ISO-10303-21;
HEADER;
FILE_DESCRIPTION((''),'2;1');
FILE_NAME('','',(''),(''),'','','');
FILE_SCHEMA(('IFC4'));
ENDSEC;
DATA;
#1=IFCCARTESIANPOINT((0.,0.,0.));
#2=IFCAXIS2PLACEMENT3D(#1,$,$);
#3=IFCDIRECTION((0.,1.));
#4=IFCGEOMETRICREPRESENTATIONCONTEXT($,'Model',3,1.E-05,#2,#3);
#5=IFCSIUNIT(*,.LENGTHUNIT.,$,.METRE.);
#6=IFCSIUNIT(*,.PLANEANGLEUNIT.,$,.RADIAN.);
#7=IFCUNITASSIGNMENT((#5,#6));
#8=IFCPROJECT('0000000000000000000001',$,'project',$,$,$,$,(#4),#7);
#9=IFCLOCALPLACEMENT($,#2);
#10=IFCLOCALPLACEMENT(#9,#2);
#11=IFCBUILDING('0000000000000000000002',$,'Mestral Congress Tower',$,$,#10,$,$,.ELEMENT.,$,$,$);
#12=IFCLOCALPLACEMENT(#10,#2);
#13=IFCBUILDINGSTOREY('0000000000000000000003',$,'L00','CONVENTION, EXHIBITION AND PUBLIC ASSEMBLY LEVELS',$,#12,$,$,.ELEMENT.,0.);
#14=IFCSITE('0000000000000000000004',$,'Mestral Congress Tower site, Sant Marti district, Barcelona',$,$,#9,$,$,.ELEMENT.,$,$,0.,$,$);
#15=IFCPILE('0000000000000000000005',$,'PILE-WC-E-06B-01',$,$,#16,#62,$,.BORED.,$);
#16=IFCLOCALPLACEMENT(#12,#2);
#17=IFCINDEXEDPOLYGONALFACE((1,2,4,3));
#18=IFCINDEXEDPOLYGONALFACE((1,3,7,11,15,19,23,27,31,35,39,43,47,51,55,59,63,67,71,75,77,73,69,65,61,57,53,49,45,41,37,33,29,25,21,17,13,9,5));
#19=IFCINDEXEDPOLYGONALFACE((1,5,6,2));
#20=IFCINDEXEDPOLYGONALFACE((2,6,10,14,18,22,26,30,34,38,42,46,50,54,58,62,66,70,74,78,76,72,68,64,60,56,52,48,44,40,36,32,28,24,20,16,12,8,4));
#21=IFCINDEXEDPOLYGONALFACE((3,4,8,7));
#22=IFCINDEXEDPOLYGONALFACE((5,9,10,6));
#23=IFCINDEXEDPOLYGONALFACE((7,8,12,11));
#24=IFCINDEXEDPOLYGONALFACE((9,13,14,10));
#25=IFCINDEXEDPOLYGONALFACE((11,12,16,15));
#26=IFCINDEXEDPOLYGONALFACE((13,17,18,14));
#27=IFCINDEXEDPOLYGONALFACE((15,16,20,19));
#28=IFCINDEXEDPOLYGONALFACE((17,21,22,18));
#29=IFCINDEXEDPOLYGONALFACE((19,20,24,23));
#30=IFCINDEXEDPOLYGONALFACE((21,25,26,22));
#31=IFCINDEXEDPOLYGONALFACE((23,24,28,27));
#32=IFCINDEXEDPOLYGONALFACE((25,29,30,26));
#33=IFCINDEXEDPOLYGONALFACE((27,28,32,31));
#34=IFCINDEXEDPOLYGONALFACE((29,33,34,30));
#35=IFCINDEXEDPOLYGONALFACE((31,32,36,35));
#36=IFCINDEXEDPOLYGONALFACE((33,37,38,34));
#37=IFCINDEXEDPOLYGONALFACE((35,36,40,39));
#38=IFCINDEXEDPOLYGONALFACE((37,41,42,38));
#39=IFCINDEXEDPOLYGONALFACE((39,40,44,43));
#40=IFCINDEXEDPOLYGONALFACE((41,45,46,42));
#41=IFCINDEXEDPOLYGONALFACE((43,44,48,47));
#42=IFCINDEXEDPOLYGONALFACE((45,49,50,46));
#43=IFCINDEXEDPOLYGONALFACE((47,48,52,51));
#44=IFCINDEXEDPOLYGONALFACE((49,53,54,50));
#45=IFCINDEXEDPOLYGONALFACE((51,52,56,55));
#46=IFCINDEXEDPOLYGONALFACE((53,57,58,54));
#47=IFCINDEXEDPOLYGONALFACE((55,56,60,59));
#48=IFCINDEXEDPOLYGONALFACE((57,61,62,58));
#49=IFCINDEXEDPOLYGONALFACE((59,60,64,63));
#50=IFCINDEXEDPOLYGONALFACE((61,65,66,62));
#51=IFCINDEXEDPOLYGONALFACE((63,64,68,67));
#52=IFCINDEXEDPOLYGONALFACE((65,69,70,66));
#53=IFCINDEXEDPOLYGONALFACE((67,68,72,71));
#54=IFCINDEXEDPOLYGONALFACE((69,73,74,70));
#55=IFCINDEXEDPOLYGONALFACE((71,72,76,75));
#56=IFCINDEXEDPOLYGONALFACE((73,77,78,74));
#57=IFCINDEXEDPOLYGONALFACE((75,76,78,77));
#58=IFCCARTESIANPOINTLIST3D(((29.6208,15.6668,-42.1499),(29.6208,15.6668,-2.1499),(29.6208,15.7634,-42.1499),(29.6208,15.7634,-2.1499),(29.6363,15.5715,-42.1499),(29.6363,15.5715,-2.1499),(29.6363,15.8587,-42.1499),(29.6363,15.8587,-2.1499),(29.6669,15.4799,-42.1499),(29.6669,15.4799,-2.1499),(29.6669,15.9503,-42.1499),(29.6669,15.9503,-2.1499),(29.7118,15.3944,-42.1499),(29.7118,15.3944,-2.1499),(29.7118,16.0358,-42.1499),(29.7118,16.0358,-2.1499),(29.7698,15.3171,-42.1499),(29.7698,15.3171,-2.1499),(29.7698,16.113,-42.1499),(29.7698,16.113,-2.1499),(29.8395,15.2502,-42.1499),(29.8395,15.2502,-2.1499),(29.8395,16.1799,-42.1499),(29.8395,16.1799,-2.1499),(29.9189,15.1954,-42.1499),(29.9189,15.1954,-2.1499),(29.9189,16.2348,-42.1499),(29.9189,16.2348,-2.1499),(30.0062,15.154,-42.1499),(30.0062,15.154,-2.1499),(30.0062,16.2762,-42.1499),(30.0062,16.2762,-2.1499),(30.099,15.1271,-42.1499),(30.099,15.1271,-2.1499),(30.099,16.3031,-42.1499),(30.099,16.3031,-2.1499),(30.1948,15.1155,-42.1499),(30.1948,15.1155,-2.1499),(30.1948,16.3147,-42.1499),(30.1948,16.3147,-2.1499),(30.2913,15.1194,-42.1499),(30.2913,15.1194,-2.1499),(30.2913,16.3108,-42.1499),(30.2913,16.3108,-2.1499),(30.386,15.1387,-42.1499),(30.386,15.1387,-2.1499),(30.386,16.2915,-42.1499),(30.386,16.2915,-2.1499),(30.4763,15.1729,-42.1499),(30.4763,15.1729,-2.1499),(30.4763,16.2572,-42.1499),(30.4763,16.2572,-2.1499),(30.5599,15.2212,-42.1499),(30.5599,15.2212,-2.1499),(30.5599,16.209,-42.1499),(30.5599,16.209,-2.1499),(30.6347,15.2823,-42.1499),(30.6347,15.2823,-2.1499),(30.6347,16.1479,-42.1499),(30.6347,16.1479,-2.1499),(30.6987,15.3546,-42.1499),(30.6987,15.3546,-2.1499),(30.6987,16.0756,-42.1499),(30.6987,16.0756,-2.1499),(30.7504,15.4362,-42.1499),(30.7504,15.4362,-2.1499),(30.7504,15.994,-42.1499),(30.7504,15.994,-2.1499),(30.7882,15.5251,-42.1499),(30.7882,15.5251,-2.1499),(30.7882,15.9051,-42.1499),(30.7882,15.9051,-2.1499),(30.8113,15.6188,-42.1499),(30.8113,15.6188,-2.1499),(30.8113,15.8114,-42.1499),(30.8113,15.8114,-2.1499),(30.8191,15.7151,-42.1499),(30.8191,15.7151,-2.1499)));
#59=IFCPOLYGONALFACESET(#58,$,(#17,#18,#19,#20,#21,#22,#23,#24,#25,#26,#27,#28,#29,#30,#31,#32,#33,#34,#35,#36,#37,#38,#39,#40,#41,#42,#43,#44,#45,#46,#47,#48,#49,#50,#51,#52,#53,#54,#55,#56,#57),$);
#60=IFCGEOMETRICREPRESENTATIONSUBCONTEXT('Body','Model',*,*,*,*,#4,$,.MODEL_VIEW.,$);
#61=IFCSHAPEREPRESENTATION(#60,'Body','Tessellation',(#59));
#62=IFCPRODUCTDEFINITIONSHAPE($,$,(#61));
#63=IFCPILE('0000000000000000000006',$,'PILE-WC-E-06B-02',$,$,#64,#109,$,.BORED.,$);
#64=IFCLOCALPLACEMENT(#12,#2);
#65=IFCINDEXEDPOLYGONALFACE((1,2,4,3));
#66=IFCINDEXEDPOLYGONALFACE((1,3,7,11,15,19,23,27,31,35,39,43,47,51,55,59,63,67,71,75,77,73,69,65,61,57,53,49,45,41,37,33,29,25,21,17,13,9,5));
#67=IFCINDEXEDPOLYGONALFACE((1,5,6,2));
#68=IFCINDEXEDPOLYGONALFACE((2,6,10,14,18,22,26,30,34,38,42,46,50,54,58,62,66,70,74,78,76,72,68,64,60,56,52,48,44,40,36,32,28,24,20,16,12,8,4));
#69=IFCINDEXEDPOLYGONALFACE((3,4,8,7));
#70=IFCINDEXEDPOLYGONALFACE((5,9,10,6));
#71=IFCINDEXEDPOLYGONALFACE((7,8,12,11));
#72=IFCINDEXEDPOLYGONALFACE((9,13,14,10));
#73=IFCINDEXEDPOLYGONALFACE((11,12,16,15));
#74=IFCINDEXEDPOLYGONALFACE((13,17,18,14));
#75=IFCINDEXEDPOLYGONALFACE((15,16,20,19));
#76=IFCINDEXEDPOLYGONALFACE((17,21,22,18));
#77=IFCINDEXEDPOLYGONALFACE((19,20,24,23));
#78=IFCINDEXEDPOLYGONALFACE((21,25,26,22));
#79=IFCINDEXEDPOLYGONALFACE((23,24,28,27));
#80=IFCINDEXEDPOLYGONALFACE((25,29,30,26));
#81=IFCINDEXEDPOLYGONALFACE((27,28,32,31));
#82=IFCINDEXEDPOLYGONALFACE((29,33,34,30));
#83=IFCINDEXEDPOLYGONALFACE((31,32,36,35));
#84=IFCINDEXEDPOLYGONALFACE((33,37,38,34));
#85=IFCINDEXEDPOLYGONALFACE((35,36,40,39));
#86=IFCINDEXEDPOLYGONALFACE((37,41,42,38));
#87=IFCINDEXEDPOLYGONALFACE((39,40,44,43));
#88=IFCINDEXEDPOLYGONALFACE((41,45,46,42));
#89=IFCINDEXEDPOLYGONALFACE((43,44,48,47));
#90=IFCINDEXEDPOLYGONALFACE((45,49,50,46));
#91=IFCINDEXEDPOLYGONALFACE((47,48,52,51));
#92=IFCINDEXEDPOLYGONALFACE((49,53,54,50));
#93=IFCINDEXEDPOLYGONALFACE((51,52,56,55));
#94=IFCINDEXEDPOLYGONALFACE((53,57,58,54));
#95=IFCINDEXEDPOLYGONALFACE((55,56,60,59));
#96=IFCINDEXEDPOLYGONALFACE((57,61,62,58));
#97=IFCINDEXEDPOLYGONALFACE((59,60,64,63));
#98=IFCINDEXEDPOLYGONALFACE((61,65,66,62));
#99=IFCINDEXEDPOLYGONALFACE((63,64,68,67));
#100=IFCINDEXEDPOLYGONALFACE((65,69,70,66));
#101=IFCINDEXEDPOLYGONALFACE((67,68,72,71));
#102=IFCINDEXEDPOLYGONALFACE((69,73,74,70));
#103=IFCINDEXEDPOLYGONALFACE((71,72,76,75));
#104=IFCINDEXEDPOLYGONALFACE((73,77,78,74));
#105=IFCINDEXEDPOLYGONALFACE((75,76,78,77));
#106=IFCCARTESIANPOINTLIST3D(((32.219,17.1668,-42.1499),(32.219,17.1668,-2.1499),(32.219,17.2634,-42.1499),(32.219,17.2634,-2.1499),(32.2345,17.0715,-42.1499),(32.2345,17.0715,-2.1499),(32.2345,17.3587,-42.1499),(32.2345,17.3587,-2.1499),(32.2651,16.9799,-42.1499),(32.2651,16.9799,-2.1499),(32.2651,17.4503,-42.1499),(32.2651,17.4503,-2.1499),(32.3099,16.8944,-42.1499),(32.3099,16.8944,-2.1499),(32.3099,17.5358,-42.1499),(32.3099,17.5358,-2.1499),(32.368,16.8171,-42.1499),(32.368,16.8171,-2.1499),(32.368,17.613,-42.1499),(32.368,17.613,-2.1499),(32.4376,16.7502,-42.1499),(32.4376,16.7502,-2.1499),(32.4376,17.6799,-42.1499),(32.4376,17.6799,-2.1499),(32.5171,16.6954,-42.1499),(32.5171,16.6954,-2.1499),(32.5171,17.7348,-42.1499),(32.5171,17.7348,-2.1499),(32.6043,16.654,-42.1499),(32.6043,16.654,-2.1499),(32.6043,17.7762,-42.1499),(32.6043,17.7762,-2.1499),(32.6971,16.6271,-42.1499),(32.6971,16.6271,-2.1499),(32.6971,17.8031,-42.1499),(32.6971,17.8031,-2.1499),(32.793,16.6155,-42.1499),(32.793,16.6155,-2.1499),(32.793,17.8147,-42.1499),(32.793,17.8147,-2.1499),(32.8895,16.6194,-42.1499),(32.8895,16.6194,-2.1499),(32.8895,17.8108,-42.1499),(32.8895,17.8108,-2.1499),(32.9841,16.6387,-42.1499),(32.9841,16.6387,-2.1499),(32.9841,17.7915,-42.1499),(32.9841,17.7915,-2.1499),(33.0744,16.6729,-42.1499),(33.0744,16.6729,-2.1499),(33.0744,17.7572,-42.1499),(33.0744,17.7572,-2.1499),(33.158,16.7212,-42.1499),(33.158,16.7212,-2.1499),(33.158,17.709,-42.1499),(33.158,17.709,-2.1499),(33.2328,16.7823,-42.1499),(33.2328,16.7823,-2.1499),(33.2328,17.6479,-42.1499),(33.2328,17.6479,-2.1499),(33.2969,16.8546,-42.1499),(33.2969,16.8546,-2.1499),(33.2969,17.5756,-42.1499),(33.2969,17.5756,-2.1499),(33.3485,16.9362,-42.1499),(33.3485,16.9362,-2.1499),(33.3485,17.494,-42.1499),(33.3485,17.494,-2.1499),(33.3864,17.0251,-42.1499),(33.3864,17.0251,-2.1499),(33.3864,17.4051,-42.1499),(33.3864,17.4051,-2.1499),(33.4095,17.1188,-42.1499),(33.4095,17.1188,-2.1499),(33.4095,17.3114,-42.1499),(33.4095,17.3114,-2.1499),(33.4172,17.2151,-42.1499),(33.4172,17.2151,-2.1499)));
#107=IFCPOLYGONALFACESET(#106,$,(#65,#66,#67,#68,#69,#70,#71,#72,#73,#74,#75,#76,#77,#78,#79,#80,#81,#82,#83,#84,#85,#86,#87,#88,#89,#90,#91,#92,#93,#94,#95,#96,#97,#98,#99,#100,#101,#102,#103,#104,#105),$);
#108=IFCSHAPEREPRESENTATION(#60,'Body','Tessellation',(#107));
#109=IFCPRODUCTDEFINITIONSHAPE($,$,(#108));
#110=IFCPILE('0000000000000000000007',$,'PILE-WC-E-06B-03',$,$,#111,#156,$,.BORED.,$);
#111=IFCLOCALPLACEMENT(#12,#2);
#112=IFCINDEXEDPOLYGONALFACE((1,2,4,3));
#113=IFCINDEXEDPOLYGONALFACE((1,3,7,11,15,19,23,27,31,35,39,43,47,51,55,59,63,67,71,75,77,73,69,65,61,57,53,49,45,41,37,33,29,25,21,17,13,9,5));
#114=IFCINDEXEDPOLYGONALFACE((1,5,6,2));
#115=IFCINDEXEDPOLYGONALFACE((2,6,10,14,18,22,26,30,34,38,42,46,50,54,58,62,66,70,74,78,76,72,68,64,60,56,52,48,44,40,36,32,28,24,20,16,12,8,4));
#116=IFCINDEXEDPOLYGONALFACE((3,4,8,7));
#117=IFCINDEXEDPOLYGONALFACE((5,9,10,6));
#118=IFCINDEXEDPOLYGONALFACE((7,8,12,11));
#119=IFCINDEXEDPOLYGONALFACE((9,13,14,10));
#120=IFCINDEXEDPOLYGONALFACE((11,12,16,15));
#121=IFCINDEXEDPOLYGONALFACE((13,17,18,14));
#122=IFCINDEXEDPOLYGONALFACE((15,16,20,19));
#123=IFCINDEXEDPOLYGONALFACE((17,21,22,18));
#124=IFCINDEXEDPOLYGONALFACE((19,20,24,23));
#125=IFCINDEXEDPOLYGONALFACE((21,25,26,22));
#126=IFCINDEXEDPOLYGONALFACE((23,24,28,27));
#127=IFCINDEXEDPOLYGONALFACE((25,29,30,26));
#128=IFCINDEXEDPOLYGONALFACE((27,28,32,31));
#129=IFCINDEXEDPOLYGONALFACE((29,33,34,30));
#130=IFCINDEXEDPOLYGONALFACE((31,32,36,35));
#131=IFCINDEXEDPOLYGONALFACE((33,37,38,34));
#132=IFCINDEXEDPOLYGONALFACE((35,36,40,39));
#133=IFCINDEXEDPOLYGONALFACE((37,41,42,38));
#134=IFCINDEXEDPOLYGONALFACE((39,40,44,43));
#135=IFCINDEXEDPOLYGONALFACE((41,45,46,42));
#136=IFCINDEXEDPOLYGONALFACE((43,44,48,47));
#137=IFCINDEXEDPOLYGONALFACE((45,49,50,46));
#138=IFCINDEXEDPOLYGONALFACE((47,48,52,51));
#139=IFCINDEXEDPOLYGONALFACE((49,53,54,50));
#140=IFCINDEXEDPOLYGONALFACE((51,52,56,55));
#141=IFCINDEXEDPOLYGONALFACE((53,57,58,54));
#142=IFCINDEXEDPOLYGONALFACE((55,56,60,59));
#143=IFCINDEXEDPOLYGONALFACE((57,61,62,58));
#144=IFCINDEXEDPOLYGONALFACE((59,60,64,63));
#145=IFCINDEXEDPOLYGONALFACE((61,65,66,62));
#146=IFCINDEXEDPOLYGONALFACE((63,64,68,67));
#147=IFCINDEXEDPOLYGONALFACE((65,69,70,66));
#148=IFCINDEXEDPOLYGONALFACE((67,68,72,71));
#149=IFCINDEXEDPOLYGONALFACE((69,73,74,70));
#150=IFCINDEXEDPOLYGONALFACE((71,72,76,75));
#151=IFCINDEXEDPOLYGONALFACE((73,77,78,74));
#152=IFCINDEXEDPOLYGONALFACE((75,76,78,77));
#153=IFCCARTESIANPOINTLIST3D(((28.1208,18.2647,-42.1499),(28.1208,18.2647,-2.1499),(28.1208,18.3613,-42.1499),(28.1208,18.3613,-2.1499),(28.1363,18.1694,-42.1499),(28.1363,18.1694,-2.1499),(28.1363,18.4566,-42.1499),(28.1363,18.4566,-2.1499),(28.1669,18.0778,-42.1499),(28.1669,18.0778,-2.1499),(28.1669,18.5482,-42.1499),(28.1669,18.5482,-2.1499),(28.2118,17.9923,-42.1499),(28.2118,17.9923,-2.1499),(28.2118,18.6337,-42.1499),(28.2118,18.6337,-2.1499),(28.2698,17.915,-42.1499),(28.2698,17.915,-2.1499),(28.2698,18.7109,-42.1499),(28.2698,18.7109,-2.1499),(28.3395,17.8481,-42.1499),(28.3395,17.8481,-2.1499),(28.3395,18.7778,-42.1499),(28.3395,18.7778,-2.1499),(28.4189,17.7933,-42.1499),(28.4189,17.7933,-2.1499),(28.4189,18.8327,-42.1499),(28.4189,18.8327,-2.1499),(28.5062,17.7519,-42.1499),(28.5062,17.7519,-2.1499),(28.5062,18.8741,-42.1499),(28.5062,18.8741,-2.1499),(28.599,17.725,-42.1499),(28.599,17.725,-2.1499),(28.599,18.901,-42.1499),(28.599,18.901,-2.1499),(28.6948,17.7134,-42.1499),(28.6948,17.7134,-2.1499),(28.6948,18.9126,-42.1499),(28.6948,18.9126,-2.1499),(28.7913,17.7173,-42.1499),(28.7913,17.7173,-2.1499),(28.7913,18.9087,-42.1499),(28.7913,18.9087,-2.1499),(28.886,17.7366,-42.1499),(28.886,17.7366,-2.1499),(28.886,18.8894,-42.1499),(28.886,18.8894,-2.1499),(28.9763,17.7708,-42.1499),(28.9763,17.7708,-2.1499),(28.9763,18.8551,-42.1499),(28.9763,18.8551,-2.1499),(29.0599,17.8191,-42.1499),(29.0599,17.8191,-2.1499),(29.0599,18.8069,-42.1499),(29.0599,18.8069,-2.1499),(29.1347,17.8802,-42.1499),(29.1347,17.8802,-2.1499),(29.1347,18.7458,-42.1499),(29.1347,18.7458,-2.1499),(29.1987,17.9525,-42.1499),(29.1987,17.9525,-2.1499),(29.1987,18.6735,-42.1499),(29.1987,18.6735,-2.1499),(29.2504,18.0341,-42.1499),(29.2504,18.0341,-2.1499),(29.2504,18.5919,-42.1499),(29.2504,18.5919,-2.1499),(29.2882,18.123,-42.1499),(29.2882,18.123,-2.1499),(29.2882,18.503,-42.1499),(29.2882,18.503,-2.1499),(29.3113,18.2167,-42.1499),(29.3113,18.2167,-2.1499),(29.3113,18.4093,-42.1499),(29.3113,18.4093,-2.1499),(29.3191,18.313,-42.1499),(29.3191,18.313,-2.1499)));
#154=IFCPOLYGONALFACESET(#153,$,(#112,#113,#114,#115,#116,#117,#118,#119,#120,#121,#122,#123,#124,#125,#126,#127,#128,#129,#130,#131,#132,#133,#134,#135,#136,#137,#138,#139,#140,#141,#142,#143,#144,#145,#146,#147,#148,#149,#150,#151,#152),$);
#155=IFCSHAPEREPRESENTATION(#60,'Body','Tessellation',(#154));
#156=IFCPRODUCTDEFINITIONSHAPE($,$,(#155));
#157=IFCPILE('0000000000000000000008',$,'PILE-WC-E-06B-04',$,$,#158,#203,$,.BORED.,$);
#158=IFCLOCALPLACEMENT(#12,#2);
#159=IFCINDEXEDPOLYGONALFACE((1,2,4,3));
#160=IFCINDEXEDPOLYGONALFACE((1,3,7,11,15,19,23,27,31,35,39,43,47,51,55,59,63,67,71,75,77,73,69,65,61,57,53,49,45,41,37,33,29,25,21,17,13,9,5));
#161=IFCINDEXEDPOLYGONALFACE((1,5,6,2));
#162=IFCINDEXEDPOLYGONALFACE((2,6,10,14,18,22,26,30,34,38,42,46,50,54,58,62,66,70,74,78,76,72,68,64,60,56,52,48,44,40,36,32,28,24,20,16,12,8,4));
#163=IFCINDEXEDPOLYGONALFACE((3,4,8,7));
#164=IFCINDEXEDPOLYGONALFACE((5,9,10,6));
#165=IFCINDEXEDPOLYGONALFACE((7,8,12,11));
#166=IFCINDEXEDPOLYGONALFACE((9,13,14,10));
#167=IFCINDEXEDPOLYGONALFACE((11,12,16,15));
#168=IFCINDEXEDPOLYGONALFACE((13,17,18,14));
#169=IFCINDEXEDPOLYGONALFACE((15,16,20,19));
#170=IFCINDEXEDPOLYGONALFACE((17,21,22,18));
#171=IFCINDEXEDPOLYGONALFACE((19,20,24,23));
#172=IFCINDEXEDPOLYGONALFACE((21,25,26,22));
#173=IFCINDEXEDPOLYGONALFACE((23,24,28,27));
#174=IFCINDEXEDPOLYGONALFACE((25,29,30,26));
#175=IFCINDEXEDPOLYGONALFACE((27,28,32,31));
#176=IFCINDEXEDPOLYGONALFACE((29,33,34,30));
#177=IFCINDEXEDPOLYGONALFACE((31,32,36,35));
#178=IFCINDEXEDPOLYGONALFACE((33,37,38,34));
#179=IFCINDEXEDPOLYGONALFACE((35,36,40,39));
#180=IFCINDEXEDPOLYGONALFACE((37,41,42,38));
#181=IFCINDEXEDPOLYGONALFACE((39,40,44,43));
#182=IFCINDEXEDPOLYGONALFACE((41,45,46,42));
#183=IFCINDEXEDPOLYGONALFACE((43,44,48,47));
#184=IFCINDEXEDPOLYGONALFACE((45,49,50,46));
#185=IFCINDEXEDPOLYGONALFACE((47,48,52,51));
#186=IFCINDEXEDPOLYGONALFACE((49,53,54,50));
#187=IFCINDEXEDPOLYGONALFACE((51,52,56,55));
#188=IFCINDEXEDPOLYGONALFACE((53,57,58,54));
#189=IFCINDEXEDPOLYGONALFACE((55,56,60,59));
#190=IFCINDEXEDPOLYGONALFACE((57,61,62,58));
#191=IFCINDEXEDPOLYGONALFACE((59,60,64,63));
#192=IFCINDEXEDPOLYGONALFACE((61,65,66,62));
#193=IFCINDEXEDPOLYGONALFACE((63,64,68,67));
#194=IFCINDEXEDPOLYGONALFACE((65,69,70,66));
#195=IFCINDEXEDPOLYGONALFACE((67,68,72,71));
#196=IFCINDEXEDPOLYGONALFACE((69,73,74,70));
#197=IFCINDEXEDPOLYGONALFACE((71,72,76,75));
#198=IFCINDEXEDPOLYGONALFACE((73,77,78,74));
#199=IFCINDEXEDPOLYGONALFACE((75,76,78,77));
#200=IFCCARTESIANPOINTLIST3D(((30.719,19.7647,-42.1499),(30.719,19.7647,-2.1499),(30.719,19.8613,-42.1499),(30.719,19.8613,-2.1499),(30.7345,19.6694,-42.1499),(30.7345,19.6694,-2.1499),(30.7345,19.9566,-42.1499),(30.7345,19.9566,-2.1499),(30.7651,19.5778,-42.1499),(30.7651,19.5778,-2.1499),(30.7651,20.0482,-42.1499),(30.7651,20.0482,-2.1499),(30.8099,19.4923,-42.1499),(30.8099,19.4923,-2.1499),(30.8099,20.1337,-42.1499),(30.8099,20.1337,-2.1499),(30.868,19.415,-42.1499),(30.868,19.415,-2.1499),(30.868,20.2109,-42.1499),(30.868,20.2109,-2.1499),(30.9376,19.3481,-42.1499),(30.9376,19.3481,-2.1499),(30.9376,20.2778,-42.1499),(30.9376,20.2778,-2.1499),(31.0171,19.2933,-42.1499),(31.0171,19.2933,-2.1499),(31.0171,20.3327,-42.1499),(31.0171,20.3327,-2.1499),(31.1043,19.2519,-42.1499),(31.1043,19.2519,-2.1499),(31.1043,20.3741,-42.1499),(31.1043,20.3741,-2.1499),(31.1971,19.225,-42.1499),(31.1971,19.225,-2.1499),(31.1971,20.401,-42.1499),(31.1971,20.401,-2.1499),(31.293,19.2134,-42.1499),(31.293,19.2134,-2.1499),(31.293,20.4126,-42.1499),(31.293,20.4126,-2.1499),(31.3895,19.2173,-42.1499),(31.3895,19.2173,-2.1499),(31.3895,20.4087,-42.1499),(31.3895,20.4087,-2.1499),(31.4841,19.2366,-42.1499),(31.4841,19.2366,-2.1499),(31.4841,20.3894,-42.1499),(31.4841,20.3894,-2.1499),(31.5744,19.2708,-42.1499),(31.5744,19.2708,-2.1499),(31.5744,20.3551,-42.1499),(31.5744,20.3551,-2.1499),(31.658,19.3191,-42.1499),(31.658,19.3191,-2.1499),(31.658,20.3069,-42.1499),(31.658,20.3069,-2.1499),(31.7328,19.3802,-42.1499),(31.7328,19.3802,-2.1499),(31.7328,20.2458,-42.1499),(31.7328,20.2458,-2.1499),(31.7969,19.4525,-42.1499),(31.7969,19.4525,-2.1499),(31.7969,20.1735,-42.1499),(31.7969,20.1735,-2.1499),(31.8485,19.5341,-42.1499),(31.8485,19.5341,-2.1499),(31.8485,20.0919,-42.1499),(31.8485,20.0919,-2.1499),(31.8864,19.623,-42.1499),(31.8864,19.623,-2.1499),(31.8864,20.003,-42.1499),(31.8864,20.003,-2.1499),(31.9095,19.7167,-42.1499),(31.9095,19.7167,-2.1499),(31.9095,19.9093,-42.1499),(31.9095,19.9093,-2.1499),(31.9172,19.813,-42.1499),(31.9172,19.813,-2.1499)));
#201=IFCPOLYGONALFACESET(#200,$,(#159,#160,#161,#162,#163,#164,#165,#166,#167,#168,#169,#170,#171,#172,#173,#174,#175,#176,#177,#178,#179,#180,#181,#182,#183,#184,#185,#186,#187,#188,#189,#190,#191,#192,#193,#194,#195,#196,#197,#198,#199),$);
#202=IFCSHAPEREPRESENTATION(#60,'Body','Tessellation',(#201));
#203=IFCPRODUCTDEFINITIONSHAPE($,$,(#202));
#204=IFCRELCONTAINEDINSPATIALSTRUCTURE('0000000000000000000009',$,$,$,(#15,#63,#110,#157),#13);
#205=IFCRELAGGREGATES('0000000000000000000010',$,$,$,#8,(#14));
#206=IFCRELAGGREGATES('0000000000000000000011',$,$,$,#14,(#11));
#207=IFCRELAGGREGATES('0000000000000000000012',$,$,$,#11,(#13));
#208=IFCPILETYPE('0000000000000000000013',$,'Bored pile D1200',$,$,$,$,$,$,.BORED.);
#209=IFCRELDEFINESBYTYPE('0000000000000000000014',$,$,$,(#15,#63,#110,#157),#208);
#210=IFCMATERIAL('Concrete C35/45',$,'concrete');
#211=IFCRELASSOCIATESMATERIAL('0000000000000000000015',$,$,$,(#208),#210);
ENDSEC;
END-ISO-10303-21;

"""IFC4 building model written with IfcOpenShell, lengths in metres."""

from ifc_helpers import new_model, si_unit, direction, frame, origin, origin_2d, place, context, subcontext, project, spatial, circle, extrude, material, material_profile, profile_set, type_object, element, save


model = new_model("IFC4")

# Units and contexts
model_context = context("Model", 3, precision=1e-05, world=origin(), true_north=direction((0.0, 1.0)))
body_context = subcontext(model_context, "Body", "Model", "MODEL_VIEW")
ifc_project = project(units=[si_unit("LENGTHUNIT", "METRE"), si_unit("PLANEANGLEUNIT", "RADIAN")], contexts=[model_context])

# Site, building, storey
site_placement = place(None, origin())
site = spatial("IfcSite", under=ifc_project, at=site_placement, Name="Mestral Congress Tower site, Sant Marti district, Barcelona", CompositionType="ELEMENT", RefElevation=0.0)
building_placement = place(site_placement, origin())
building = spatial("IfcBuilding", under=site, at=building_placement, Name="Mestral Congress Tower", CompositionType="ELEMENT")
storey_placement = place(building_placement, origin())
storey = spatial("IfcBuildingStorey", under=building, at=storey_placement, Name="L00", Description="CONVENTION, EXHIBITION AND PUBLIC ASSEMBLY LEVELS", CompositionType="ELEMENT", Elevation=0.0)

# Piles
ifc_material_1 = material(Name="Concrete C35/45", Category="concrete")
ifc_material_profile_1 = material_profile(ifc_material_1, circle(Radius=0.6001, at=origin_2d()), Name="D1200")
ifc_profile_set_1 = profile_set([ifc_material_profile_1], Name="Concrete C35/45")
pile_type_1 = type_object("IfcPileType", Name="Bored pile D1200", PredefinedType="BORED", material=ifc_profile_set_1)
for number, where, z_axis, x_axis, name in (
    (1, (30.219, 15.7151, -2.1499), (0.0, 0.0, -1.0), (1.0, 0.0, 0.0), "PILE-WC-E-06B-01"),
    (2, (32.8171, 17.2151, -2.1499), (0.0, 0.0, -1.0), (1.0, 0.0, 0.0), "PILE-WC-E-06B-02"),
    (3, (28.719, 18.313, -2.1499), (0.0, 0.0, -1.0), (1.0, 0.0, 0.0), "PILE-WC-E-06B-03"),
    (4, (31.3171, 19.813, -2.1499), (0.0, 0.0, -1.0), (1.0, 0.0, 0.0), "PILE-WC-E-06B-04"),
):
    element("IfcPile", number, at=place(storey_placement, frame(where, z_axis=z_axis, x_axis=x_axis)), inside=storey, type_object=pile_type_1, Name=name, PredefinedType="BORED", context=body_context, shape_type="SweptSolid", body=[
        extrude(circle(Radius=0.6001, at=origin_2d()), origin(), (0.0, 0.0, 1.0), 40.0),
    ])

save(model, "model.ifc")
